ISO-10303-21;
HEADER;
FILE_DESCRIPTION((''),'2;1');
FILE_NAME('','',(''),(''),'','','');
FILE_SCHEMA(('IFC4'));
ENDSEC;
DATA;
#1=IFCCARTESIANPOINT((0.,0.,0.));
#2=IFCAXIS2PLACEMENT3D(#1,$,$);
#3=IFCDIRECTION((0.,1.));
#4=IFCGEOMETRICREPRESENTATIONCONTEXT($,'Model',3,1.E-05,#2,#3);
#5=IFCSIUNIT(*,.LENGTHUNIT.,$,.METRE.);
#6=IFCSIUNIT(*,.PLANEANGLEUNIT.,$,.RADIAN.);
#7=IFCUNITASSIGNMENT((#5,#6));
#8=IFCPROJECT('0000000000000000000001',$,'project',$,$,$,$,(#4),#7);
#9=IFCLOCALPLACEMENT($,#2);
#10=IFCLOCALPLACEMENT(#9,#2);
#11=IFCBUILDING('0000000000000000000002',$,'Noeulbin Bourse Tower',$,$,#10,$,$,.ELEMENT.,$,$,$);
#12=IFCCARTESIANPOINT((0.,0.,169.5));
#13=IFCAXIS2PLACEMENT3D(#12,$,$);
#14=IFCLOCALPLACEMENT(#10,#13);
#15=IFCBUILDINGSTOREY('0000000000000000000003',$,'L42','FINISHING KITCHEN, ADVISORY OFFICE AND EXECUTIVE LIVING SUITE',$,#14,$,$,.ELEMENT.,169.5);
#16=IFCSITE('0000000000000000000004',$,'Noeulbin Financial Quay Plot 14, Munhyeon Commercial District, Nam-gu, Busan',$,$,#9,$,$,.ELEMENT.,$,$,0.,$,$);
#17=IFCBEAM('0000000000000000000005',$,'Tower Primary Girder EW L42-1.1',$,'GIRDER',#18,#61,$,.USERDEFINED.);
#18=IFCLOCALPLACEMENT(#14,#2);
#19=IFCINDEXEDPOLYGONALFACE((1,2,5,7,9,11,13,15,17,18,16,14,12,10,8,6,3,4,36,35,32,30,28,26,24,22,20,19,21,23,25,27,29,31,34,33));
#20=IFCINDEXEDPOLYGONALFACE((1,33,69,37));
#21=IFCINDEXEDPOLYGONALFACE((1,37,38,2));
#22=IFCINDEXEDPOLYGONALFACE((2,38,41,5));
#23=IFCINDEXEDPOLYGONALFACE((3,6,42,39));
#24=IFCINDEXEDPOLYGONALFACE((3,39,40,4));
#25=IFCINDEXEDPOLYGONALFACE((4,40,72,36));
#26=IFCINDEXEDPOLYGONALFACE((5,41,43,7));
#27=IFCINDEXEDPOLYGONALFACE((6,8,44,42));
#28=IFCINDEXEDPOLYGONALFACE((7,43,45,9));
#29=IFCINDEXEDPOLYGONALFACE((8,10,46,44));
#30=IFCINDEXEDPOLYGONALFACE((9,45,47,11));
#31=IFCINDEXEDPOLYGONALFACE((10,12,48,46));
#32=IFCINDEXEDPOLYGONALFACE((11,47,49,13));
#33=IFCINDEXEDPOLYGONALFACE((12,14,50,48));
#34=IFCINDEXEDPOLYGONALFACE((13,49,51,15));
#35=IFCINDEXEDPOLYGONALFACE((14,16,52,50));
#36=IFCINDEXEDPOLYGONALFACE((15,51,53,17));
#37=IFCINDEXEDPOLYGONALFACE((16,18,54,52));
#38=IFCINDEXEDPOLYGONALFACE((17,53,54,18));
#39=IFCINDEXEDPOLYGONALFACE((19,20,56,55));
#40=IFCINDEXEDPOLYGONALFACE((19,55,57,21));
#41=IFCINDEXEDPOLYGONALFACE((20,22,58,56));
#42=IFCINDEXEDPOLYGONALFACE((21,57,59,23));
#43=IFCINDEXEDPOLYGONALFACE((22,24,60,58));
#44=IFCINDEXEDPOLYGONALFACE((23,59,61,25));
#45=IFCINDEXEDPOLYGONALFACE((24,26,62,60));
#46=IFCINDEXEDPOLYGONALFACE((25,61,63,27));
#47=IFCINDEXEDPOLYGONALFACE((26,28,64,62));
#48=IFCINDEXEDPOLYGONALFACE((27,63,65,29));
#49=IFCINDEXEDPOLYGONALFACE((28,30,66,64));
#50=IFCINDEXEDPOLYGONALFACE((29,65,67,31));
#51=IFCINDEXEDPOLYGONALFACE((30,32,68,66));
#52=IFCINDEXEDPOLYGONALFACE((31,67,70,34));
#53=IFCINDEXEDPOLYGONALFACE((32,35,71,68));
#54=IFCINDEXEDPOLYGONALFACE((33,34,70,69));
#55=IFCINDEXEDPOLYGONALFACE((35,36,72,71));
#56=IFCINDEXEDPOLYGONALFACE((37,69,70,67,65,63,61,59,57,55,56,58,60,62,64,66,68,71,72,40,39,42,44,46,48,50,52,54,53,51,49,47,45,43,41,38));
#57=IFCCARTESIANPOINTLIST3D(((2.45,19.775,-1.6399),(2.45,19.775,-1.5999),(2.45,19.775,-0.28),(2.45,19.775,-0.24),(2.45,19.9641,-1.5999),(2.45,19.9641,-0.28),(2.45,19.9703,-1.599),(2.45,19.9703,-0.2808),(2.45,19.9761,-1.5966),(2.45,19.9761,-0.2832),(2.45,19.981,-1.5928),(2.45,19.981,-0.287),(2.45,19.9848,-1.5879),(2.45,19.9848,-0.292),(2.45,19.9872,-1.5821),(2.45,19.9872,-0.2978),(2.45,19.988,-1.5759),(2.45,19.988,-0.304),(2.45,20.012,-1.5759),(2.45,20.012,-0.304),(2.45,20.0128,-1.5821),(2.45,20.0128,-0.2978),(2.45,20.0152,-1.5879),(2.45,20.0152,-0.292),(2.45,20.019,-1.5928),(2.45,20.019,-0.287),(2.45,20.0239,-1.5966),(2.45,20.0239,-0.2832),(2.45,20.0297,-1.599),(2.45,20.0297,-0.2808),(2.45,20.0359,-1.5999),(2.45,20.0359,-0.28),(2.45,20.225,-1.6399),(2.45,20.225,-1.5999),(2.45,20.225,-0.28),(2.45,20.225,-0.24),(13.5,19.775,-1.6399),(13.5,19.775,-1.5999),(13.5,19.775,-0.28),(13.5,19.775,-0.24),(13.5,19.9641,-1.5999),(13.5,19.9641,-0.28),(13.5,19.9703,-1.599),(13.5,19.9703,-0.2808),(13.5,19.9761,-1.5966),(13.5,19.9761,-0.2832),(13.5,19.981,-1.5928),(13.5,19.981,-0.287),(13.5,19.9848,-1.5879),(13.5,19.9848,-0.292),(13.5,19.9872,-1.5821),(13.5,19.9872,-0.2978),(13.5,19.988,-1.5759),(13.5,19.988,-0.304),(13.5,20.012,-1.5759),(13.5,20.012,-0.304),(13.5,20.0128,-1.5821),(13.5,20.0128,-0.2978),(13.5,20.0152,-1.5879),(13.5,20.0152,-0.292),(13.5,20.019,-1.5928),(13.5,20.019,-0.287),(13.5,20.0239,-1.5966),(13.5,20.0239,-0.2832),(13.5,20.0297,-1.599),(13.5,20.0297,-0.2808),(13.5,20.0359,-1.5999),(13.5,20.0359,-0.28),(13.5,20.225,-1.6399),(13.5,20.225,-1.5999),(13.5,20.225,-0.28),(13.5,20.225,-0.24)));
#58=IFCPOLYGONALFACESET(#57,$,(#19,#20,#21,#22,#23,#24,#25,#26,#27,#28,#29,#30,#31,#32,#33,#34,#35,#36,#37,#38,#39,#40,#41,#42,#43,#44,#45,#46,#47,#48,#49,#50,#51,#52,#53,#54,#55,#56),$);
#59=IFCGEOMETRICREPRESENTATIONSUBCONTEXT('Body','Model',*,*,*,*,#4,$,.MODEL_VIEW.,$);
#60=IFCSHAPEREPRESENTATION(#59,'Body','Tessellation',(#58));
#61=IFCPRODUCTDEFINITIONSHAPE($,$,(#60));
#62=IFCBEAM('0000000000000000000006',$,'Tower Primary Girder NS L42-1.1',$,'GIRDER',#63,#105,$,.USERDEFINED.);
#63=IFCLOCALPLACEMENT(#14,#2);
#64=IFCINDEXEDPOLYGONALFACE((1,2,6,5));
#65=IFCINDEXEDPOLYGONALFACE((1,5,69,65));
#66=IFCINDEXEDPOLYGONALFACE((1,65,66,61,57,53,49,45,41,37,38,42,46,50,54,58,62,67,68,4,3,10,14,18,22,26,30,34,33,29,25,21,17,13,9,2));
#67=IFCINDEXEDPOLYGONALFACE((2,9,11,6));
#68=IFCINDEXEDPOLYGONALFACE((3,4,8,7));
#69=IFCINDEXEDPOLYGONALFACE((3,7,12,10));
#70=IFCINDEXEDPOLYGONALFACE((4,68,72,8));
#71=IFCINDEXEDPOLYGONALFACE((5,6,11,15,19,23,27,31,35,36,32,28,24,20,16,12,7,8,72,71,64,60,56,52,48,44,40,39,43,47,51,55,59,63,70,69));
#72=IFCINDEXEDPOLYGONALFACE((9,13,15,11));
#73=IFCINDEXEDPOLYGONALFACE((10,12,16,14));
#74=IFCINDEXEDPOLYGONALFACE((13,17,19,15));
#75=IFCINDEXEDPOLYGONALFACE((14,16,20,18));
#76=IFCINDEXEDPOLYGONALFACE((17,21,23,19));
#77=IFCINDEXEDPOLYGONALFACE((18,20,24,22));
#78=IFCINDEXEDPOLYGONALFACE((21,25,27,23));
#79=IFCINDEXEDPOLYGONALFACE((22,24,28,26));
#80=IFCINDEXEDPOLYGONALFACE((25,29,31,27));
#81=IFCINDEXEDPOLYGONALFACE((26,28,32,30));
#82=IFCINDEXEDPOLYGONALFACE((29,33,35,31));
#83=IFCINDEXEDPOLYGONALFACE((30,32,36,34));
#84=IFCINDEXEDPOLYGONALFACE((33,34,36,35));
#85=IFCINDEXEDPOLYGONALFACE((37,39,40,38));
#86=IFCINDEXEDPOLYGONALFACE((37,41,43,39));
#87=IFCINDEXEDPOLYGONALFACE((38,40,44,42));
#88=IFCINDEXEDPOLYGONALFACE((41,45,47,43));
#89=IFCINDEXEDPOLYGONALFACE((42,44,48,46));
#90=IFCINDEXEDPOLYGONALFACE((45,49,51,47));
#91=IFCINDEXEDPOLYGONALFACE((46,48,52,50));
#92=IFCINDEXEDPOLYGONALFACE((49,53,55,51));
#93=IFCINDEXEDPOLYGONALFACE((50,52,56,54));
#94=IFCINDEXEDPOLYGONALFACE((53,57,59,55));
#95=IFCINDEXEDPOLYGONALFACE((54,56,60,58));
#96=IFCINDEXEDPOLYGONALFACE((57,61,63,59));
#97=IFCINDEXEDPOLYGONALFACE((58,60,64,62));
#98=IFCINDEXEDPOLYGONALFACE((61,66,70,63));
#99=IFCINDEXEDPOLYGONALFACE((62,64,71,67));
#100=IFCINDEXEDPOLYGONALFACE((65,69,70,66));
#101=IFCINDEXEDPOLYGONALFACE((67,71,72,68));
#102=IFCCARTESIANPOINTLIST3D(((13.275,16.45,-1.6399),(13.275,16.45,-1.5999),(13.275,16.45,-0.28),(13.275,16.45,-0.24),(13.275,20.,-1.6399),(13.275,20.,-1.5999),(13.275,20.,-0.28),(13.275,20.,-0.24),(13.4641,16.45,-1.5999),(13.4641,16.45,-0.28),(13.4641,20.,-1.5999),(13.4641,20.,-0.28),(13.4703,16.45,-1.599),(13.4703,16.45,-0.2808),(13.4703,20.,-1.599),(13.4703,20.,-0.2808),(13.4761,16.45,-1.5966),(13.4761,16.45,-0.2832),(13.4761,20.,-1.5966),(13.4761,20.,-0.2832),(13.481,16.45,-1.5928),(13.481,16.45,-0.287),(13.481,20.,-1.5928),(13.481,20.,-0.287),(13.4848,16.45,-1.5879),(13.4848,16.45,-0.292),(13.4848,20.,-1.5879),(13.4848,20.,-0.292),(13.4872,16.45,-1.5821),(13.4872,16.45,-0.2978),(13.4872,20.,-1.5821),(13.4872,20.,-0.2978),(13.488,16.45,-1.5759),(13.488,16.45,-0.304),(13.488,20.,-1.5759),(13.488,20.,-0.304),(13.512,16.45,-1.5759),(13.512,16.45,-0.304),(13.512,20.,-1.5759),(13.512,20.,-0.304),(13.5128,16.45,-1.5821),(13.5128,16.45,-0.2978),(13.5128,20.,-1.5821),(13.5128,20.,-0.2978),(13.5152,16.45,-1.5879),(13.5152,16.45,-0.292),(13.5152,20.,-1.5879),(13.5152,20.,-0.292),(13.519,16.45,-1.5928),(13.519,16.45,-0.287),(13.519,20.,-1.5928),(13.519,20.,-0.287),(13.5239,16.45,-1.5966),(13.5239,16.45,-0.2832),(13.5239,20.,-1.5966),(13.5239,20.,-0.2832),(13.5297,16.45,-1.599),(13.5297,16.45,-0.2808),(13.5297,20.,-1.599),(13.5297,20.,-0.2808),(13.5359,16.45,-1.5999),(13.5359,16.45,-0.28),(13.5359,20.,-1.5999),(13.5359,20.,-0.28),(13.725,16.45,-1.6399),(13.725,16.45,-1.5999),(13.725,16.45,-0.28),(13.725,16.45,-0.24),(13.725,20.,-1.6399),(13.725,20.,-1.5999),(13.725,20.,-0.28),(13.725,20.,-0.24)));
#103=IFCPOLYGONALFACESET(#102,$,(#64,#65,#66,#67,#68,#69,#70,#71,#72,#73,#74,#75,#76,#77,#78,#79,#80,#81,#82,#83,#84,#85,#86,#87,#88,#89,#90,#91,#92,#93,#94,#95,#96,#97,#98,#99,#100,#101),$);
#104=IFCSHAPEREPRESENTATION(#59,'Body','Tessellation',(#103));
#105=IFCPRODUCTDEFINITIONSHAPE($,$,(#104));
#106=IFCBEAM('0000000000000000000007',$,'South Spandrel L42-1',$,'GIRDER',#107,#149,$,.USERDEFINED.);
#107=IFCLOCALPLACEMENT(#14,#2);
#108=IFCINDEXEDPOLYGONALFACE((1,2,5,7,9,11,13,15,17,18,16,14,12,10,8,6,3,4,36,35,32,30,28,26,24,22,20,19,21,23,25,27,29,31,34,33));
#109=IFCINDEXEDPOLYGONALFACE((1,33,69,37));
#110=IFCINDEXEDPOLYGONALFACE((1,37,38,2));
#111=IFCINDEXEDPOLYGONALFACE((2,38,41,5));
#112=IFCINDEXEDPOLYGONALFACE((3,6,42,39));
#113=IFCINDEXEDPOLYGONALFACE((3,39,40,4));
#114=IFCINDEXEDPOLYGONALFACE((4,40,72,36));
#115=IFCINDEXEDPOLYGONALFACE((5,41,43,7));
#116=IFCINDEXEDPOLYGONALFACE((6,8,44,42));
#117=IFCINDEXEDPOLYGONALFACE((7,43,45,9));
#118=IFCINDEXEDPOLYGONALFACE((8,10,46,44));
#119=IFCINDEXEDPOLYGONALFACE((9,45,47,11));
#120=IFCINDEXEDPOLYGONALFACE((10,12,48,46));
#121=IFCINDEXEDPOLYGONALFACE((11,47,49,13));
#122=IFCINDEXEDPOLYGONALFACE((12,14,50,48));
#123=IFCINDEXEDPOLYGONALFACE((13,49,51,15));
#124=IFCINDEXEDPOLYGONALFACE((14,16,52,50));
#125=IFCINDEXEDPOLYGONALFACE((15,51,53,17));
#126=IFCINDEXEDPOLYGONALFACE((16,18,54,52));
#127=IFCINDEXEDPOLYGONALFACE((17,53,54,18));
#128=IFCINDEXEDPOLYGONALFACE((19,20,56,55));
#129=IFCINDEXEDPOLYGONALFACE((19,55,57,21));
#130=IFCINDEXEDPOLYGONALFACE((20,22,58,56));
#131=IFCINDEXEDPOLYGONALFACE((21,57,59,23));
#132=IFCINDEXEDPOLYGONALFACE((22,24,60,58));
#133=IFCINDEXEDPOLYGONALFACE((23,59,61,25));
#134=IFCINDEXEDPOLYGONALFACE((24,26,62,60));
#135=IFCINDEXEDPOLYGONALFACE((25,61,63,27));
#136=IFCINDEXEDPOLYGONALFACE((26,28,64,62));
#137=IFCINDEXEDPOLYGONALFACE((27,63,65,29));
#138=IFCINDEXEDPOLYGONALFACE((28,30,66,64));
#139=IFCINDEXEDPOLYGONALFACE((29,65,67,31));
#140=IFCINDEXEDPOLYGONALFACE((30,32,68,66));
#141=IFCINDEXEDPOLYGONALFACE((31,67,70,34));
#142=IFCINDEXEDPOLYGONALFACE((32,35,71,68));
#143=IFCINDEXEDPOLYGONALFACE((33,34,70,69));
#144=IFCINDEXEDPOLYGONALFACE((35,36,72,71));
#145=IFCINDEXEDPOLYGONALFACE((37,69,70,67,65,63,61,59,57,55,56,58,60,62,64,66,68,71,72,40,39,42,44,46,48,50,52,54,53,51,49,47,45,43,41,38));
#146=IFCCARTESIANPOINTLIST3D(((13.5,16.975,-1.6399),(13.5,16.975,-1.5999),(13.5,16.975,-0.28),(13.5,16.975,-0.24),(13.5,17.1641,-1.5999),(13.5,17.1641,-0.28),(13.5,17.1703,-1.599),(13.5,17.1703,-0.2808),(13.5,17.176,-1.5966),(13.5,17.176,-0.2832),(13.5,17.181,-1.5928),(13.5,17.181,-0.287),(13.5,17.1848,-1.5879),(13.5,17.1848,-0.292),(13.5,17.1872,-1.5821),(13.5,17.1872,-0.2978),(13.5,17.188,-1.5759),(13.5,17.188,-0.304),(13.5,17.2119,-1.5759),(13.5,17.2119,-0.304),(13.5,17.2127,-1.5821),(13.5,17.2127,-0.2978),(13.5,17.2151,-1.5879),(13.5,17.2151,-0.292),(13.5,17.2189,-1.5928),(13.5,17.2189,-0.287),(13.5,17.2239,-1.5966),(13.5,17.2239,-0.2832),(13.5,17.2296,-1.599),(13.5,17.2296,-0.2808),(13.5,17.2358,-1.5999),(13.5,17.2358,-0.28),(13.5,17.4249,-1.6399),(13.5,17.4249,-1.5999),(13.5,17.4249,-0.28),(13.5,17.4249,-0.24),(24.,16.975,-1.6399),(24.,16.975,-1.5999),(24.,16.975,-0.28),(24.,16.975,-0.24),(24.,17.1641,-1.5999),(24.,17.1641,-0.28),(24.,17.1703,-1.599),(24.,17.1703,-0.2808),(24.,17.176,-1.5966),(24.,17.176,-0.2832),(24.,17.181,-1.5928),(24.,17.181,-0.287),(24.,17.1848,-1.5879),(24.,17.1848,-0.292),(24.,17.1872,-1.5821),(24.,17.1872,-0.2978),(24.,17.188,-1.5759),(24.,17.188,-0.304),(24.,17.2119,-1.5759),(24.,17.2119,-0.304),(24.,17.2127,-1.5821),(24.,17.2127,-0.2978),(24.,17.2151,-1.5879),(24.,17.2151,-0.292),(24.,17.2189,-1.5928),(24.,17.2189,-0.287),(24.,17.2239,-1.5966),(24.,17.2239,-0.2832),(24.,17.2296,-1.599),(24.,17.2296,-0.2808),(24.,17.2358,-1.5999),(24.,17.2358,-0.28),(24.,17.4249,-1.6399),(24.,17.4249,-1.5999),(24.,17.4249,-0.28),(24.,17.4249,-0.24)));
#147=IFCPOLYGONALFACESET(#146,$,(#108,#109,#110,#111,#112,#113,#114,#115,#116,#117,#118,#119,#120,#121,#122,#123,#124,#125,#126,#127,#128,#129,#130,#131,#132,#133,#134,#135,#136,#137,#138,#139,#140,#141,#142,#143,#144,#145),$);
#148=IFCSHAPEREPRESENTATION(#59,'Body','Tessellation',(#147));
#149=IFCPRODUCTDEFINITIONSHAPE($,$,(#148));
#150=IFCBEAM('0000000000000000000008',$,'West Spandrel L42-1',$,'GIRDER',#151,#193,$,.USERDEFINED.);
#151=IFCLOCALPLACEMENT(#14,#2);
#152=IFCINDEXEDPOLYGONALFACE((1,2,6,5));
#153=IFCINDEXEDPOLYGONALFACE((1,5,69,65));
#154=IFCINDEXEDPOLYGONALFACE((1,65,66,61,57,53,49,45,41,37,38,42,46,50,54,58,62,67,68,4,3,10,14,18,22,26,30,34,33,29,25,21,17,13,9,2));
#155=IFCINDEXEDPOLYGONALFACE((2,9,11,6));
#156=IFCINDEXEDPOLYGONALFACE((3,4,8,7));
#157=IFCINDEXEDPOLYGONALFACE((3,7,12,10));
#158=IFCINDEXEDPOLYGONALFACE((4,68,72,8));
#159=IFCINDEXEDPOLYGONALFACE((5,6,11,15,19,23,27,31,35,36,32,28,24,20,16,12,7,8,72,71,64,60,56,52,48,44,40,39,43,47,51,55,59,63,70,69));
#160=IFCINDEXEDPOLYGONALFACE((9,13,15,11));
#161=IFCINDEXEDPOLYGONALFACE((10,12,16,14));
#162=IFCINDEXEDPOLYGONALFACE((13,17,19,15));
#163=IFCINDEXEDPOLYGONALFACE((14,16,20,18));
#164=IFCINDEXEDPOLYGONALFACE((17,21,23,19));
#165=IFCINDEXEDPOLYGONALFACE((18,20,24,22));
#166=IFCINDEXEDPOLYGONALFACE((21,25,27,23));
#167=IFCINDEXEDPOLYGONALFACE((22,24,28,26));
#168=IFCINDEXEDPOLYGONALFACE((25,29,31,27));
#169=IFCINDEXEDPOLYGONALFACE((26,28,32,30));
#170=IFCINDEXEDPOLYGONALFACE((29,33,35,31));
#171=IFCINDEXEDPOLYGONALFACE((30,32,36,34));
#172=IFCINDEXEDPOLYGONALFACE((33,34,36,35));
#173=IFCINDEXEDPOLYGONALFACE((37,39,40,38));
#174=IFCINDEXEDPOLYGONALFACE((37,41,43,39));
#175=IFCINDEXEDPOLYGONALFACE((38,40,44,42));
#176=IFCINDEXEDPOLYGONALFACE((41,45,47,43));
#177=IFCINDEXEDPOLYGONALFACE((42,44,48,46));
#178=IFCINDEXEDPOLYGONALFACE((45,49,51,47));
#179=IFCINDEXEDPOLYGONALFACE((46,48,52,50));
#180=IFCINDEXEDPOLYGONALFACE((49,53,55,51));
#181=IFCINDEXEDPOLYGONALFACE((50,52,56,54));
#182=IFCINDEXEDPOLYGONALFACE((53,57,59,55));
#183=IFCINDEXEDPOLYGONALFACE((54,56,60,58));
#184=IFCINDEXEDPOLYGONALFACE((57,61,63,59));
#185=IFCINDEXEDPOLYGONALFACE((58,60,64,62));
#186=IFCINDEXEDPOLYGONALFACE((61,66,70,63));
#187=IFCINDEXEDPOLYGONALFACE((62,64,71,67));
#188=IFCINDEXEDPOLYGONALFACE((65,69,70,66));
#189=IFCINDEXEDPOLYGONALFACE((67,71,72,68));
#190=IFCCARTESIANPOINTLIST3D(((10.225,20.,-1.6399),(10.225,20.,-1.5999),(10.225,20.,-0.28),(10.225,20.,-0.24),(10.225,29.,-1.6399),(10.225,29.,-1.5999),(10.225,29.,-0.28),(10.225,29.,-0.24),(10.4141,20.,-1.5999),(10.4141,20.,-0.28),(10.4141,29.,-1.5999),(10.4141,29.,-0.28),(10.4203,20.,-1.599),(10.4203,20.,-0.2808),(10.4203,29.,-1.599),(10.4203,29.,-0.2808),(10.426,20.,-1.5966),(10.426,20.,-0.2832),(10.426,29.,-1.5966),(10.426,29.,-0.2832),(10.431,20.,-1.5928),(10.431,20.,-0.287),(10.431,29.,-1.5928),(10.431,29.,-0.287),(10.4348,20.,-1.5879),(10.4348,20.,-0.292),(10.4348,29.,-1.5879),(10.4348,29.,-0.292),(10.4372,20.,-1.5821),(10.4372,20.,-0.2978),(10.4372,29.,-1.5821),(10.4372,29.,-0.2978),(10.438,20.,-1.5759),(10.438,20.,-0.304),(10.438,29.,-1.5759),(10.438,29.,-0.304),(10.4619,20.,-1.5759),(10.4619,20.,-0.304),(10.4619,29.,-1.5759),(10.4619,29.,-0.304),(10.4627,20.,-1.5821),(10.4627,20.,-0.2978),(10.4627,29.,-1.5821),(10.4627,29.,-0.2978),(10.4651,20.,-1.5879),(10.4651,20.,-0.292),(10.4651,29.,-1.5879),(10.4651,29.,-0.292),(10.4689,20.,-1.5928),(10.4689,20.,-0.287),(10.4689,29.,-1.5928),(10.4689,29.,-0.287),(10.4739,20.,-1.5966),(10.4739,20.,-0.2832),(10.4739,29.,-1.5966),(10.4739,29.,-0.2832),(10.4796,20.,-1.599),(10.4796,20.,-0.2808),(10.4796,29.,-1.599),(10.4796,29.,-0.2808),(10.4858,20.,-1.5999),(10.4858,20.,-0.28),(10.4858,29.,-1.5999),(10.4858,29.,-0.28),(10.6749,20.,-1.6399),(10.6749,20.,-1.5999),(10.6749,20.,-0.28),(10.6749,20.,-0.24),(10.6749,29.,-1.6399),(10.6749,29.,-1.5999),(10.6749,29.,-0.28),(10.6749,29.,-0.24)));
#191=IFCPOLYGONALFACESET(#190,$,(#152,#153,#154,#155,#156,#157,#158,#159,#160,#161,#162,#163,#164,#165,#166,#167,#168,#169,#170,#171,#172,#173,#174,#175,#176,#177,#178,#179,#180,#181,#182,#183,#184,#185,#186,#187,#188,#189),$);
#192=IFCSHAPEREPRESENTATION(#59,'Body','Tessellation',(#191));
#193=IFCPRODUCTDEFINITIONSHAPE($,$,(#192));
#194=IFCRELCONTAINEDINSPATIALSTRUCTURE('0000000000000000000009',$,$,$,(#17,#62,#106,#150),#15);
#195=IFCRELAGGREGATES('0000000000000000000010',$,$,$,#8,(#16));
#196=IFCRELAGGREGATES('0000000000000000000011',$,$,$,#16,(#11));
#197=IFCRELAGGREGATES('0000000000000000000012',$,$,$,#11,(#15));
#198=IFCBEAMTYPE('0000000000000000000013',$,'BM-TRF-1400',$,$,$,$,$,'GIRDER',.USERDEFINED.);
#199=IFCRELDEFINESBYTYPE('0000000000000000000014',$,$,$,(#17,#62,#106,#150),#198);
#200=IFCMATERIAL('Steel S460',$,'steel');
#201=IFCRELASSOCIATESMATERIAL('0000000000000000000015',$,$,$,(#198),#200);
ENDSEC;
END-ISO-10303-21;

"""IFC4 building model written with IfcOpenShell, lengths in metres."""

from ifc_helpers import new_model, si_unit, direction, frame, origin, origin_2d, place, context, subcontext, project, spatial, i_section, extrude, material, material_profile, profile_set, type_object, element, save


model = new_model("IFC4")

# Units and contexts
model_context = context("Model", 3, precision=1e-05, world=origin(), true_north=direction((0.0, 1.0)))
body_context = subcontext(model_context, "Body", "Model", "MODEL_VIEW")
ifc_project = project(units=[si_unit("LENGTHUNIT", "METRE"), si_unit("PLANEANGLEUNIT", "RADIAN")], contexts=[model_context])

# Site, building, storey
site_placement = place(None, origin())
site = spatial("IfcSite", under=ifc_project, at=site_placement, Name="Noeulbin Financial Quay Plot 14, Munhyeon Commercial District, Nam-gu, Busan", CompositionType="ELEMENT", RefElevation=0.0)
building_placement = place(site_placement, origin())
building = spatial("IfcBuilding", under=site, at=building_placement, Name="Noeulbin Bourse Tower", CompositionType="ELEMENT")
storey_placement = place(building_placement, frame((0.0, 0.0, 169.5)))
storey = spatial("IfcBuildingStorey", under=building, at=storey_placement, Name="L42", Description="FINISHING KITCHEN, ADVISORY OFFICE AND EXECUTIVE LIVING SUITE", CompositionType="ELEMENT", Elevation=169.5)

# Shared definitions
ifc_material_1 = material(Name="Steel S460", Category="steel")

# Beams
ifc_material_profile_1 = material_profile(ifc_material_1, i_section(OverallWidth=0.45, OverallDepth=1.3999, WebThickness=0.0239, FlangeThickness=0.04, FilletRadius=0.0239, at=origin_2d()), Name="PG-1400x450x24x40", Category="LoadBearing")
ifc_profile_set_1 = profile_set([ifc_material_profile_1], Name="Steel S460")
beam_type_1 = type_object("IfcBeamType", Name="BM-TRF-1400", ElementType="GIRDER", PredefinedType="USERDEFINED", material=ifc_profile_set_1)
beam_1_placement = place(storey_placement, frame((2.45, 20.0, -0.9399), z_axis=(1.0, 0.0, 0.0), x_axis=(0.0, 1.0, 0.0)))
element("IfcBeam", 1, at=beam_1_placement, inside=storey, type_object=beam_type_1, Name="Tower Primary Girder EW L42-1.1", ObjectType="GIRDER", PredefinedType="USERDEFINED", context=body_context, shape_type="SweptSolid", body=[
    extrude(i_section(OverallWidth=0.45, OverallDepth=1.3999, WebThickness=0.0239, FlangeThickness=0.04, FilletRadius=0.0239, at=origin_2d()), origin(), (0.0, 0.0, 1.0), 11.05),
])
beam_2_placement = place(storey_placement, frame((13.5, 16.45, -0.9399), z_axis=(0.0, 1.0, 0.0), x_axis=(-1.0, 0.0, 0.0)))
element("IfcBeam", 2, at=beam_2_placement, inside=storey, type_object=beam_type_1, Name="Tower Primary Girder NS L42-1.1", ObjectType="GIRDER", PredefinedType="USERDEFINED", context=body_context, shape_type="SweptSolid", body=[
    extrude(i_section(OverallWidth=0.45, OverallDepth=1.3999, WebThickness=0.0239, FlangeThickness=0.04, FilletRadius=0.0239, at=origin_2d()), origin(), (0.0, 0.0, 1.0), 3.55),
])
beam_3_placement = place(storey_placement, frame((13.5, 17.2, -0.9399), z_axis=(1.0, 0.0, 0.0), x_axis=(0.0, 1.0, 0.0)))
element("IfcBeam", 3, at=beam_3_placement, inside=storey, type_object=beam_type_1, Name="South Spandrel L42-1", ObjectType="GIRDER", PredefinedType="USERDEFINED", context=body_context, shape_type="SweptSolid", body=[
    extrude(i_section(OverallWidth=0.45, OverallDepth=1.3999, WebThickness=0.0239, FlangeThickness=0.04, FilletRadius=0.0239, at=origin_2d()), origin(), (0.0, 0.0, 1.0), 10.5),
])
beam_4_placement = place(storey_placement, frame((10.45, 20.0, -0.9399), z_axis=(0.0, 1.0, 0.0), x_axis=(-1.0, 0.0, 0.0)))
element("IfcBeam", 4, at=beam_4_placement, inside=storey, type_object=beam_type_1, Name="West Spandrel L42-1", ObjectType="GIRDER", PredefinedType="USERDEFINED", context=body_context, shape_type="SweptSolid", body=[
    extrude(i_section(OverallWidth=0.45, OverallDepth=1.3999, WebThickness=0.0239, FlangeThickness=0.04, FilletRadius=0.0239, at=origin_2d()), origin(), (0.0, 0.0, 1.0), 9.0),
])

save(model, "model.ifc")
